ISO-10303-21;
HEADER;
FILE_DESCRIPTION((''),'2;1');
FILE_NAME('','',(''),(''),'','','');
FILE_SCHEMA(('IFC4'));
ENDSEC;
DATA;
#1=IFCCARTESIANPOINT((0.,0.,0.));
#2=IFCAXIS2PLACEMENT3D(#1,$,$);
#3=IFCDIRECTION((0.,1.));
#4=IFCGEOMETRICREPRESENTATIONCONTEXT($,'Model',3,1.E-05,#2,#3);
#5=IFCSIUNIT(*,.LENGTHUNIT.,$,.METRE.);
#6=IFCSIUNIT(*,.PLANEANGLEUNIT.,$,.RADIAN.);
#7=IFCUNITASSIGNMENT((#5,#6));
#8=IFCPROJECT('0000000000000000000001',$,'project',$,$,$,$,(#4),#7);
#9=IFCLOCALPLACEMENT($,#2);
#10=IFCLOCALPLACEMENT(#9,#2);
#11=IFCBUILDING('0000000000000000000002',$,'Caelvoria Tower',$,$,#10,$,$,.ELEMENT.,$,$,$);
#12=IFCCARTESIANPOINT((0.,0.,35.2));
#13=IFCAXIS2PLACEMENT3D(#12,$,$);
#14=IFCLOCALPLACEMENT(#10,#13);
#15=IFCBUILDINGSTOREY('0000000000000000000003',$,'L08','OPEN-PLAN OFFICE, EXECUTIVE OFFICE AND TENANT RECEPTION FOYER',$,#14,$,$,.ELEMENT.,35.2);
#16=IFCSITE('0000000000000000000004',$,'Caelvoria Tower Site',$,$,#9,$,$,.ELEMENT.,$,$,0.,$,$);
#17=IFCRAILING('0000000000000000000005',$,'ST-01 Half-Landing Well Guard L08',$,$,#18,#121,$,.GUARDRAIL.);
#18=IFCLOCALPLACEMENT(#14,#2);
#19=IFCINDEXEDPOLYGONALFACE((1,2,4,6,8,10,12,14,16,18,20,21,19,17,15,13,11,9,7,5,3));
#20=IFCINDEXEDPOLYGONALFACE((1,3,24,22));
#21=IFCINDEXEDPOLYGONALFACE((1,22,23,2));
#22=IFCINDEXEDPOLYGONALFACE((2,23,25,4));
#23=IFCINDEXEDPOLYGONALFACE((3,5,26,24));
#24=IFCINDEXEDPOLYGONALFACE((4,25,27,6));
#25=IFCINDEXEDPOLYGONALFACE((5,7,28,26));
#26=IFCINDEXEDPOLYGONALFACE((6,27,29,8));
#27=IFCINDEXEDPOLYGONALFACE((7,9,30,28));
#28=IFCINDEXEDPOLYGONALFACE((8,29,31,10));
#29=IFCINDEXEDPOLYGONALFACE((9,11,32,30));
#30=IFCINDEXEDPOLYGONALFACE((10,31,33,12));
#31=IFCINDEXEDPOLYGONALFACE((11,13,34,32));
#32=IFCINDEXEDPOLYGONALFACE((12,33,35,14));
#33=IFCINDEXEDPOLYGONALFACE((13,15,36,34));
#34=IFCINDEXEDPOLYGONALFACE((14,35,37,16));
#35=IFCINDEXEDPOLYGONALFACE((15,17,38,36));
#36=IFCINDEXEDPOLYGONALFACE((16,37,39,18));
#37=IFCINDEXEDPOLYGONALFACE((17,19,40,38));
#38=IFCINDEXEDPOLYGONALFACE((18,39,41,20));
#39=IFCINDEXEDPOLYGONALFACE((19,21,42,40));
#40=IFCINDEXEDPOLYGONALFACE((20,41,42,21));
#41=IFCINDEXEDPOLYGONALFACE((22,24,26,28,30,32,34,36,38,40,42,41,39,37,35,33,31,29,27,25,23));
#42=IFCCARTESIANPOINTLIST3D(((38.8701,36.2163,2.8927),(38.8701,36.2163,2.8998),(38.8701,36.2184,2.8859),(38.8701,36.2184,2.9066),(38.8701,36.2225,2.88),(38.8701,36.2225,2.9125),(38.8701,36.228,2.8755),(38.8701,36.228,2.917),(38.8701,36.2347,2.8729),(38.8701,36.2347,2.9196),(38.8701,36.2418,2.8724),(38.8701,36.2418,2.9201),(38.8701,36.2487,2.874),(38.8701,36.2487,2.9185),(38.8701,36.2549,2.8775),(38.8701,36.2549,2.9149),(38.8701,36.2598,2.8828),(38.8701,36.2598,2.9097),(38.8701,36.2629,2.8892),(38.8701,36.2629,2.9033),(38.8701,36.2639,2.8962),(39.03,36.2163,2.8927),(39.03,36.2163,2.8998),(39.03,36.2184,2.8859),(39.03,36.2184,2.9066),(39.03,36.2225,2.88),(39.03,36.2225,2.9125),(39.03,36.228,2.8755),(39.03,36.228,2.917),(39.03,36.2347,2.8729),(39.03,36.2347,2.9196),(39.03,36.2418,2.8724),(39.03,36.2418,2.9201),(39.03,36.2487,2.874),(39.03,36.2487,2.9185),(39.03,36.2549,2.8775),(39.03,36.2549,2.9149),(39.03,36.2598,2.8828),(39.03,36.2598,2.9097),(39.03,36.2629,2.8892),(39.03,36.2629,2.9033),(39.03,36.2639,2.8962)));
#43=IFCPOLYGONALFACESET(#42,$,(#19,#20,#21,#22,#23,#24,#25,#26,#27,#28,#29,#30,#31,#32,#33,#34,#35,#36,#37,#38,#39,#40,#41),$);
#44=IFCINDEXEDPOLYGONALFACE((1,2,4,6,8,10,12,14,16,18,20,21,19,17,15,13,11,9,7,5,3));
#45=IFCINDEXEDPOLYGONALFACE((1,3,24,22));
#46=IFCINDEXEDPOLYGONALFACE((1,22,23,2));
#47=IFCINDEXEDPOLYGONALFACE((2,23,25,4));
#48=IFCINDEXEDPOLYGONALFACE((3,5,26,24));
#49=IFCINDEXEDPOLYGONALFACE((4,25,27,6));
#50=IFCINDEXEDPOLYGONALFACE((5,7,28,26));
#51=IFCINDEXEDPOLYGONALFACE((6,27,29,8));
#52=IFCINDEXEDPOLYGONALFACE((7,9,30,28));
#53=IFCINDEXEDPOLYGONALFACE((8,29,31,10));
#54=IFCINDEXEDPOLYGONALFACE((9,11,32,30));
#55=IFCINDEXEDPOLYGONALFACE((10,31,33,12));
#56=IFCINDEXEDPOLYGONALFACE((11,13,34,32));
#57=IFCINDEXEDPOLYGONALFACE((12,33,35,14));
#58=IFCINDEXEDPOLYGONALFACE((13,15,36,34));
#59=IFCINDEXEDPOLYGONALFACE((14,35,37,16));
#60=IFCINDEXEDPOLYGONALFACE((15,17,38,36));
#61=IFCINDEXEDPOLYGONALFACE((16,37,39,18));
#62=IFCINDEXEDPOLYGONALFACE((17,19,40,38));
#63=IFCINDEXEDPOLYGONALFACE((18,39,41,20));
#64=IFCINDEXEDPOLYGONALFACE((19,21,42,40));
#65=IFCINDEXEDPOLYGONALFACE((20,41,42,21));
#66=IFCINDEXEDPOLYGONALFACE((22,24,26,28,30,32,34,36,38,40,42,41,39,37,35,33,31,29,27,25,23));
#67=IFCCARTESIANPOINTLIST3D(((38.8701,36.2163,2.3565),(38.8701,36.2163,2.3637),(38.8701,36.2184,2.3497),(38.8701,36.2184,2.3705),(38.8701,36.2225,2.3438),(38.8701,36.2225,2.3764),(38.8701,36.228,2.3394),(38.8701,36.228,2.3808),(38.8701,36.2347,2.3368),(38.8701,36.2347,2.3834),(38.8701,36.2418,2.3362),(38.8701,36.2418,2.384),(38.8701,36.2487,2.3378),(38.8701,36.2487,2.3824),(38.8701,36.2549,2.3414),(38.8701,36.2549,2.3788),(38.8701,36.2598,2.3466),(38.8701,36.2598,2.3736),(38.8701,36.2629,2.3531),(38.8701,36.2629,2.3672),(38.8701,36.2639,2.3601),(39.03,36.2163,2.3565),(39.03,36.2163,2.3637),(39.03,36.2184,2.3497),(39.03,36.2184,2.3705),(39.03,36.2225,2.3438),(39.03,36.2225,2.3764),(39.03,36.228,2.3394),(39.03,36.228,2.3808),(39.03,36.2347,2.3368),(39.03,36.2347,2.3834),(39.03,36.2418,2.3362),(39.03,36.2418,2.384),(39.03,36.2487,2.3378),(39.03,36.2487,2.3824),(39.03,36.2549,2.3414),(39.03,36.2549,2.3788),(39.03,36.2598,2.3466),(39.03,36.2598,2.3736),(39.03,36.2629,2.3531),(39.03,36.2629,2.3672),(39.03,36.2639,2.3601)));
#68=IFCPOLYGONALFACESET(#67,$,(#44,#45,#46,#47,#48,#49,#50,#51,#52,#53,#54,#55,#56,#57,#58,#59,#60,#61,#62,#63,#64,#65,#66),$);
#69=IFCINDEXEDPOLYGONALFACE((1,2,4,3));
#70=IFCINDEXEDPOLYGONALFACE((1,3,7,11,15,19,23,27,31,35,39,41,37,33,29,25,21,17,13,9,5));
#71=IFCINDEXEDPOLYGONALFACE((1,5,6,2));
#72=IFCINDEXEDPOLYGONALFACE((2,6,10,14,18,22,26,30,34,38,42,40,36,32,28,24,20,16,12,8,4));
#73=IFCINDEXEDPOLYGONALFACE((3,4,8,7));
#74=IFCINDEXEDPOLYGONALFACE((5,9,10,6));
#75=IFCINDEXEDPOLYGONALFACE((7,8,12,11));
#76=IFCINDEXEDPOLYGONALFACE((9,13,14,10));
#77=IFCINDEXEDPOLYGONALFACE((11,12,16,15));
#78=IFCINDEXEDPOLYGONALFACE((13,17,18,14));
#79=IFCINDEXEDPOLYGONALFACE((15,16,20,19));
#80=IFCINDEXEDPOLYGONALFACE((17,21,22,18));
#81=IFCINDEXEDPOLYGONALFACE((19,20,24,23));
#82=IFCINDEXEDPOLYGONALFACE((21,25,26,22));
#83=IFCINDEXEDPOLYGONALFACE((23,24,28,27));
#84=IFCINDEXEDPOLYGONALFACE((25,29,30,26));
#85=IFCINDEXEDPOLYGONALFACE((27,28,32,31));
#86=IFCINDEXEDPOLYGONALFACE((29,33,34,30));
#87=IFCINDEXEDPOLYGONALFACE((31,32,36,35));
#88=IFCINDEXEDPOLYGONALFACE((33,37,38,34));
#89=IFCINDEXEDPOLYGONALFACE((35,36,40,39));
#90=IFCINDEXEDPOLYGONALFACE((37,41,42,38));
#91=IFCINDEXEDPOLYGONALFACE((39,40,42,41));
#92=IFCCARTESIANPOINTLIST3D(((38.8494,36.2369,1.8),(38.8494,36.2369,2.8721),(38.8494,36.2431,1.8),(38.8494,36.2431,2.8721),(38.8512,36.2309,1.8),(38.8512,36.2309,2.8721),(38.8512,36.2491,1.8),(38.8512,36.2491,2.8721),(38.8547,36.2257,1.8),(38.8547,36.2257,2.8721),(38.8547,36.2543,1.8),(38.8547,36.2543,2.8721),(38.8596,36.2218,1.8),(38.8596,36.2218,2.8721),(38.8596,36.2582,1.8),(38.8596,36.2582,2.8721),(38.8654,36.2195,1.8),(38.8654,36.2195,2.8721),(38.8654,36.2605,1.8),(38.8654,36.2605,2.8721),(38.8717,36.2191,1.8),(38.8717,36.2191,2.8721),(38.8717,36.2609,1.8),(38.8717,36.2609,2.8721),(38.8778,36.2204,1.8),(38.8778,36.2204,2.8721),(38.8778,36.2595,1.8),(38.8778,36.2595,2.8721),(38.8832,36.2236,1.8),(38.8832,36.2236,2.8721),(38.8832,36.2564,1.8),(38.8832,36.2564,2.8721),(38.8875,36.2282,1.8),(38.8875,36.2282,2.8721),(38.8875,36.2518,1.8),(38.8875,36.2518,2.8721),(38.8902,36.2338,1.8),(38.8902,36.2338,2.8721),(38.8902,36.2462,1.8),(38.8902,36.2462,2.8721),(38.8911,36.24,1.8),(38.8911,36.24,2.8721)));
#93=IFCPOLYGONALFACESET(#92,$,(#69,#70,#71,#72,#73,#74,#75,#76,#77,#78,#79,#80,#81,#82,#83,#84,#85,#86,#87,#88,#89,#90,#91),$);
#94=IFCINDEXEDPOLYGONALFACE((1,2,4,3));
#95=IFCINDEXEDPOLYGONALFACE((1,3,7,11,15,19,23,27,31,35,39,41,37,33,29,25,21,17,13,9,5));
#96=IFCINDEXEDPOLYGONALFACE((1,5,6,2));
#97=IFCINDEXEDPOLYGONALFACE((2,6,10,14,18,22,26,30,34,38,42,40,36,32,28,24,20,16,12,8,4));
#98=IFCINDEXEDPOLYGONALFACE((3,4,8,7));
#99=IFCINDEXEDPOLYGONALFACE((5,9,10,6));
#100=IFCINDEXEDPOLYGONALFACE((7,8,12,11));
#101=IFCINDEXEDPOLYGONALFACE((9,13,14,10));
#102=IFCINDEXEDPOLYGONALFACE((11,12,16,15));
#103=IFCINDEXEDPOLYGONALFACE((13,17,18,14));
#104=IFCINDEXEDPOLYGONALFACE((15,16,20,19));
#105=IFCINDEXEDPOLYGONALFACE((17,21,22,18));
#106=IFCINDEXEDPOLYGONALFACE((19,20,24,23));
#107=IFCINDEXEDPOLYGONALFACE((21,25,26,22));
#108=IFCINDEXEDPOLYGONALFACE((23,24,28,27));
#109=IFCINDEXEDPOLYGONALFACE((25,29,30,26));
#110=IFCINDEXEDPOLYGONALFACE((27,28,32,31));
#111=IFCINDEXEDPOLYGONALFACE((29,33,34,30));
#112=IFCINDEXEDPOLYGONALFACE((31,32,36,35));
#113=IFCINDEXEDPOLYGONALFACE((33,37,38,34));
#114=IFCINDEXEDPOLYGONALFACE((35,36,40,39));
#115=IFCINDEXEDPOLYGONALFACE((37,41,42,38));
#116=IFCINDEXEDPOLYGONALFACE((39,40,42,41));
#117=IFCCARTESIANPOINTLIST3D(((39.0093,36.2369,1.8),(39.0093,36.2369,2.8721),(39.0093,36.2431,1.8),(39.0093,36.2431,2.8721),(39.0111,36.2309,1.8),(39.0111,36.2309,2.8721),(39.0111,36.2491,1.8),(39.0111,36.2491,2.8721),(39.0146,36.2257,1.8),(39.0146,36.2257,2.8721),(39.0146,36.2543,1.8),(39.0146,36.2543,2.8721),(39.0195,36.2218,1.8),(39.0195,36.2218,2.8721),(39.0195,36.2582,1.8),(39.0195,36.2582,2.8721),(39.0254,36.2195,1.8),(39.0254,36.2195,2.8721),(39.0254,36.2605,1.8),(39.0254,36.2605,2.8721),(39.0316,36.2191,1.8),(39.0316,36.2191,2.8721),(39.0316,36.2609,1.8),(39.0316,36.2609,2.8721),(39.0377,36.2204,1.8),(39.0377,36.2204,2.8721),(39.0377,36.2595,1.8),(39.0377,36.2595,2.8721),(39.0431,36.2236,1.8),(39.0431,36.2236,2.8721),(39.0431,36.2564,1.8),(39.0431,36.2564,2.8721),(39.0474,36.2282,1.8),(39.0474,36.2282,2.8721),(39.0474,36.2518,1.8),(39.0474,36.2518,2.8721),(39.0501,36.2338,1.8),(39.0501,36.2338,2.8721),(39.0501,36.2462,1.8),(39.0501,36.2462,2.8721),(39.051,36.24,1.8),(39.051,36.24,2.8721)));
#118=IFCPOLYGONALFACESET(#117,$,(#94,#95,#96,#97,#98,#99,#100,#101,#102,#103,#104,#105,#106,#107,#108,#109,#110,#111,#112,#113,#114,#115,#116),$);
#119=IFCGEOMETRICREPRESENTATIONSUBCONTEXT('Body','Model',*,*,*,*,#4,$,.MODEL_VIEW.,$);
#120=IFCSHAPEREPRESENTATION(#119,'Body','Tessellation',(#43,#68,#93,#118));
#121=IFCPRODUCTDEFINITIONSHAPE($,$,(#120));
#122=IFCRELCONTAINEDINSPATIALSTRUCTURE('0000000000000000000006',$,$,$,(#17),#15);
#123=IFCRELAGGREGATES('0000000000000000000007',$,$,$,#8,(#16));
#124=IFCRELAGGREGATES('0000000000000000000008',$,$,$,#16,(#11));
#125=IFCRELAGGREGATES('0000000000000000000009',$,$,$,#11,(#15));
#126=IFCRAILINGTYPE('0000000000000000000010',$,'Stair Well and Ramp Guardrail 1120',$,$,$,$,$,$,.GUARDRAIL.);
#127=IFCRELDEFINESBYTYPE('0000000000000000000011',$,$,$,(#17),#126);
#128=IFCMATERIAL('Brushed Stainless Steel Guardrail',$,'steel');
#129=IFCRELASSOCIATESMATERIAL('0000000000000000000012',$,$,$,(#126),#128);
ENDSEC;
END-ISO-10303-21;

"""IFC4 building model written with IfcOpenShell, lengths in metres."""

from ifc_helpers import new_model, si_unit, direction, frame, origin, origin_2d, place, context, subcontext, project, spatial, circle, extrude, material, type_object, element, save


model = new_model("IFC4")

# Units and contexts
model_context = context("Model", 3, precision=1e-05, world=origin(), true_north=direction((0.0, 1.0)))
body_context = subcontext(model_context, "Body", "Model", "MODEL_VIEW")
ifc_project = project(units=[si_unit("LENGTHUNIT", "METRE"), si_unit("PLANEANGLEUNIT", "RADIAN")], contexts=[model_context])

# Site, building, storey
site_placement = place(None, origin())
site = spatial("IfcSite", under=ifc_project, at=site_placement, Name="Caelvoria Tower Site", CompositionType="ELEMENT", RefElevation=0.0)
building_placement = place(site_placement, origin())
building = spatial("IfcBuilding", under=site, at=building_placement, Name="Caelvoria Tower", CompositionType="ELEMENT")
storey_placement = place(building_placement, frame((0.0, 0.0, 35.2)))
storey = spatial("IfcBuildingStorey", under=building, at=storey_placement, Name="L08", Description="OPEN-PLAN OFFICE, EXECUTIVE OFFICE AND TENANT RECEPTION FOYER", CompositionType="ELEMENT", Elevation=35.2)

# Railing
ifc_material_1 = material(Name="Brushed Stainless Steel Guardrail", Category="steel")
railing_type_1 = type_object("IfcRailingType", Name="Stair Well and Ramp Guardrail 1120", PredefinedType="GUARDRAIL", material=ifc_material_1)
railing_1_placement = place(storey_placement, frame((38.8701, 36.24, 1.8)))
element("IfcRailing", 1, at=railing_1_placement, inside=storey, type_object=railing_type_1, Name="ST-01 Half-Landing Well Guard L08", PredefinedType="GUARDRAIL", context=body_context, shape_type="SweptSolid", body=[
    extrude(circle(Radius=0.0239, at=origin_2d()), frame((0.0, 0.0, 1.0962), z_axis=(1.0, 0.0, 0.0), x_axis=(0.0, 1.0, 0.0)), (0.0, 0.0, 1.0), 0.1599),
    extrude(circle(Radius=0.0239, at=origin_2d()), frame((0.0, 0.0, 0.5601), z_axis=(1.0, 0.0, 0.0), x_axis=(0.0, 1.0, 0.0)), (0.0, 0.0, 1.0), 0.1599),
    extrude(circle(Radius=0.021, at=origin_2d()), origin(), (0.0, 0.0, 1.0), 1.072),
    extrude(circle(Radius=0.021, at=origin_2d()), frame((0.1599, 0.0, 0.0)), (0.0, 0.0, 1.0), 1.072),
])

save(model, "model.ifc")
